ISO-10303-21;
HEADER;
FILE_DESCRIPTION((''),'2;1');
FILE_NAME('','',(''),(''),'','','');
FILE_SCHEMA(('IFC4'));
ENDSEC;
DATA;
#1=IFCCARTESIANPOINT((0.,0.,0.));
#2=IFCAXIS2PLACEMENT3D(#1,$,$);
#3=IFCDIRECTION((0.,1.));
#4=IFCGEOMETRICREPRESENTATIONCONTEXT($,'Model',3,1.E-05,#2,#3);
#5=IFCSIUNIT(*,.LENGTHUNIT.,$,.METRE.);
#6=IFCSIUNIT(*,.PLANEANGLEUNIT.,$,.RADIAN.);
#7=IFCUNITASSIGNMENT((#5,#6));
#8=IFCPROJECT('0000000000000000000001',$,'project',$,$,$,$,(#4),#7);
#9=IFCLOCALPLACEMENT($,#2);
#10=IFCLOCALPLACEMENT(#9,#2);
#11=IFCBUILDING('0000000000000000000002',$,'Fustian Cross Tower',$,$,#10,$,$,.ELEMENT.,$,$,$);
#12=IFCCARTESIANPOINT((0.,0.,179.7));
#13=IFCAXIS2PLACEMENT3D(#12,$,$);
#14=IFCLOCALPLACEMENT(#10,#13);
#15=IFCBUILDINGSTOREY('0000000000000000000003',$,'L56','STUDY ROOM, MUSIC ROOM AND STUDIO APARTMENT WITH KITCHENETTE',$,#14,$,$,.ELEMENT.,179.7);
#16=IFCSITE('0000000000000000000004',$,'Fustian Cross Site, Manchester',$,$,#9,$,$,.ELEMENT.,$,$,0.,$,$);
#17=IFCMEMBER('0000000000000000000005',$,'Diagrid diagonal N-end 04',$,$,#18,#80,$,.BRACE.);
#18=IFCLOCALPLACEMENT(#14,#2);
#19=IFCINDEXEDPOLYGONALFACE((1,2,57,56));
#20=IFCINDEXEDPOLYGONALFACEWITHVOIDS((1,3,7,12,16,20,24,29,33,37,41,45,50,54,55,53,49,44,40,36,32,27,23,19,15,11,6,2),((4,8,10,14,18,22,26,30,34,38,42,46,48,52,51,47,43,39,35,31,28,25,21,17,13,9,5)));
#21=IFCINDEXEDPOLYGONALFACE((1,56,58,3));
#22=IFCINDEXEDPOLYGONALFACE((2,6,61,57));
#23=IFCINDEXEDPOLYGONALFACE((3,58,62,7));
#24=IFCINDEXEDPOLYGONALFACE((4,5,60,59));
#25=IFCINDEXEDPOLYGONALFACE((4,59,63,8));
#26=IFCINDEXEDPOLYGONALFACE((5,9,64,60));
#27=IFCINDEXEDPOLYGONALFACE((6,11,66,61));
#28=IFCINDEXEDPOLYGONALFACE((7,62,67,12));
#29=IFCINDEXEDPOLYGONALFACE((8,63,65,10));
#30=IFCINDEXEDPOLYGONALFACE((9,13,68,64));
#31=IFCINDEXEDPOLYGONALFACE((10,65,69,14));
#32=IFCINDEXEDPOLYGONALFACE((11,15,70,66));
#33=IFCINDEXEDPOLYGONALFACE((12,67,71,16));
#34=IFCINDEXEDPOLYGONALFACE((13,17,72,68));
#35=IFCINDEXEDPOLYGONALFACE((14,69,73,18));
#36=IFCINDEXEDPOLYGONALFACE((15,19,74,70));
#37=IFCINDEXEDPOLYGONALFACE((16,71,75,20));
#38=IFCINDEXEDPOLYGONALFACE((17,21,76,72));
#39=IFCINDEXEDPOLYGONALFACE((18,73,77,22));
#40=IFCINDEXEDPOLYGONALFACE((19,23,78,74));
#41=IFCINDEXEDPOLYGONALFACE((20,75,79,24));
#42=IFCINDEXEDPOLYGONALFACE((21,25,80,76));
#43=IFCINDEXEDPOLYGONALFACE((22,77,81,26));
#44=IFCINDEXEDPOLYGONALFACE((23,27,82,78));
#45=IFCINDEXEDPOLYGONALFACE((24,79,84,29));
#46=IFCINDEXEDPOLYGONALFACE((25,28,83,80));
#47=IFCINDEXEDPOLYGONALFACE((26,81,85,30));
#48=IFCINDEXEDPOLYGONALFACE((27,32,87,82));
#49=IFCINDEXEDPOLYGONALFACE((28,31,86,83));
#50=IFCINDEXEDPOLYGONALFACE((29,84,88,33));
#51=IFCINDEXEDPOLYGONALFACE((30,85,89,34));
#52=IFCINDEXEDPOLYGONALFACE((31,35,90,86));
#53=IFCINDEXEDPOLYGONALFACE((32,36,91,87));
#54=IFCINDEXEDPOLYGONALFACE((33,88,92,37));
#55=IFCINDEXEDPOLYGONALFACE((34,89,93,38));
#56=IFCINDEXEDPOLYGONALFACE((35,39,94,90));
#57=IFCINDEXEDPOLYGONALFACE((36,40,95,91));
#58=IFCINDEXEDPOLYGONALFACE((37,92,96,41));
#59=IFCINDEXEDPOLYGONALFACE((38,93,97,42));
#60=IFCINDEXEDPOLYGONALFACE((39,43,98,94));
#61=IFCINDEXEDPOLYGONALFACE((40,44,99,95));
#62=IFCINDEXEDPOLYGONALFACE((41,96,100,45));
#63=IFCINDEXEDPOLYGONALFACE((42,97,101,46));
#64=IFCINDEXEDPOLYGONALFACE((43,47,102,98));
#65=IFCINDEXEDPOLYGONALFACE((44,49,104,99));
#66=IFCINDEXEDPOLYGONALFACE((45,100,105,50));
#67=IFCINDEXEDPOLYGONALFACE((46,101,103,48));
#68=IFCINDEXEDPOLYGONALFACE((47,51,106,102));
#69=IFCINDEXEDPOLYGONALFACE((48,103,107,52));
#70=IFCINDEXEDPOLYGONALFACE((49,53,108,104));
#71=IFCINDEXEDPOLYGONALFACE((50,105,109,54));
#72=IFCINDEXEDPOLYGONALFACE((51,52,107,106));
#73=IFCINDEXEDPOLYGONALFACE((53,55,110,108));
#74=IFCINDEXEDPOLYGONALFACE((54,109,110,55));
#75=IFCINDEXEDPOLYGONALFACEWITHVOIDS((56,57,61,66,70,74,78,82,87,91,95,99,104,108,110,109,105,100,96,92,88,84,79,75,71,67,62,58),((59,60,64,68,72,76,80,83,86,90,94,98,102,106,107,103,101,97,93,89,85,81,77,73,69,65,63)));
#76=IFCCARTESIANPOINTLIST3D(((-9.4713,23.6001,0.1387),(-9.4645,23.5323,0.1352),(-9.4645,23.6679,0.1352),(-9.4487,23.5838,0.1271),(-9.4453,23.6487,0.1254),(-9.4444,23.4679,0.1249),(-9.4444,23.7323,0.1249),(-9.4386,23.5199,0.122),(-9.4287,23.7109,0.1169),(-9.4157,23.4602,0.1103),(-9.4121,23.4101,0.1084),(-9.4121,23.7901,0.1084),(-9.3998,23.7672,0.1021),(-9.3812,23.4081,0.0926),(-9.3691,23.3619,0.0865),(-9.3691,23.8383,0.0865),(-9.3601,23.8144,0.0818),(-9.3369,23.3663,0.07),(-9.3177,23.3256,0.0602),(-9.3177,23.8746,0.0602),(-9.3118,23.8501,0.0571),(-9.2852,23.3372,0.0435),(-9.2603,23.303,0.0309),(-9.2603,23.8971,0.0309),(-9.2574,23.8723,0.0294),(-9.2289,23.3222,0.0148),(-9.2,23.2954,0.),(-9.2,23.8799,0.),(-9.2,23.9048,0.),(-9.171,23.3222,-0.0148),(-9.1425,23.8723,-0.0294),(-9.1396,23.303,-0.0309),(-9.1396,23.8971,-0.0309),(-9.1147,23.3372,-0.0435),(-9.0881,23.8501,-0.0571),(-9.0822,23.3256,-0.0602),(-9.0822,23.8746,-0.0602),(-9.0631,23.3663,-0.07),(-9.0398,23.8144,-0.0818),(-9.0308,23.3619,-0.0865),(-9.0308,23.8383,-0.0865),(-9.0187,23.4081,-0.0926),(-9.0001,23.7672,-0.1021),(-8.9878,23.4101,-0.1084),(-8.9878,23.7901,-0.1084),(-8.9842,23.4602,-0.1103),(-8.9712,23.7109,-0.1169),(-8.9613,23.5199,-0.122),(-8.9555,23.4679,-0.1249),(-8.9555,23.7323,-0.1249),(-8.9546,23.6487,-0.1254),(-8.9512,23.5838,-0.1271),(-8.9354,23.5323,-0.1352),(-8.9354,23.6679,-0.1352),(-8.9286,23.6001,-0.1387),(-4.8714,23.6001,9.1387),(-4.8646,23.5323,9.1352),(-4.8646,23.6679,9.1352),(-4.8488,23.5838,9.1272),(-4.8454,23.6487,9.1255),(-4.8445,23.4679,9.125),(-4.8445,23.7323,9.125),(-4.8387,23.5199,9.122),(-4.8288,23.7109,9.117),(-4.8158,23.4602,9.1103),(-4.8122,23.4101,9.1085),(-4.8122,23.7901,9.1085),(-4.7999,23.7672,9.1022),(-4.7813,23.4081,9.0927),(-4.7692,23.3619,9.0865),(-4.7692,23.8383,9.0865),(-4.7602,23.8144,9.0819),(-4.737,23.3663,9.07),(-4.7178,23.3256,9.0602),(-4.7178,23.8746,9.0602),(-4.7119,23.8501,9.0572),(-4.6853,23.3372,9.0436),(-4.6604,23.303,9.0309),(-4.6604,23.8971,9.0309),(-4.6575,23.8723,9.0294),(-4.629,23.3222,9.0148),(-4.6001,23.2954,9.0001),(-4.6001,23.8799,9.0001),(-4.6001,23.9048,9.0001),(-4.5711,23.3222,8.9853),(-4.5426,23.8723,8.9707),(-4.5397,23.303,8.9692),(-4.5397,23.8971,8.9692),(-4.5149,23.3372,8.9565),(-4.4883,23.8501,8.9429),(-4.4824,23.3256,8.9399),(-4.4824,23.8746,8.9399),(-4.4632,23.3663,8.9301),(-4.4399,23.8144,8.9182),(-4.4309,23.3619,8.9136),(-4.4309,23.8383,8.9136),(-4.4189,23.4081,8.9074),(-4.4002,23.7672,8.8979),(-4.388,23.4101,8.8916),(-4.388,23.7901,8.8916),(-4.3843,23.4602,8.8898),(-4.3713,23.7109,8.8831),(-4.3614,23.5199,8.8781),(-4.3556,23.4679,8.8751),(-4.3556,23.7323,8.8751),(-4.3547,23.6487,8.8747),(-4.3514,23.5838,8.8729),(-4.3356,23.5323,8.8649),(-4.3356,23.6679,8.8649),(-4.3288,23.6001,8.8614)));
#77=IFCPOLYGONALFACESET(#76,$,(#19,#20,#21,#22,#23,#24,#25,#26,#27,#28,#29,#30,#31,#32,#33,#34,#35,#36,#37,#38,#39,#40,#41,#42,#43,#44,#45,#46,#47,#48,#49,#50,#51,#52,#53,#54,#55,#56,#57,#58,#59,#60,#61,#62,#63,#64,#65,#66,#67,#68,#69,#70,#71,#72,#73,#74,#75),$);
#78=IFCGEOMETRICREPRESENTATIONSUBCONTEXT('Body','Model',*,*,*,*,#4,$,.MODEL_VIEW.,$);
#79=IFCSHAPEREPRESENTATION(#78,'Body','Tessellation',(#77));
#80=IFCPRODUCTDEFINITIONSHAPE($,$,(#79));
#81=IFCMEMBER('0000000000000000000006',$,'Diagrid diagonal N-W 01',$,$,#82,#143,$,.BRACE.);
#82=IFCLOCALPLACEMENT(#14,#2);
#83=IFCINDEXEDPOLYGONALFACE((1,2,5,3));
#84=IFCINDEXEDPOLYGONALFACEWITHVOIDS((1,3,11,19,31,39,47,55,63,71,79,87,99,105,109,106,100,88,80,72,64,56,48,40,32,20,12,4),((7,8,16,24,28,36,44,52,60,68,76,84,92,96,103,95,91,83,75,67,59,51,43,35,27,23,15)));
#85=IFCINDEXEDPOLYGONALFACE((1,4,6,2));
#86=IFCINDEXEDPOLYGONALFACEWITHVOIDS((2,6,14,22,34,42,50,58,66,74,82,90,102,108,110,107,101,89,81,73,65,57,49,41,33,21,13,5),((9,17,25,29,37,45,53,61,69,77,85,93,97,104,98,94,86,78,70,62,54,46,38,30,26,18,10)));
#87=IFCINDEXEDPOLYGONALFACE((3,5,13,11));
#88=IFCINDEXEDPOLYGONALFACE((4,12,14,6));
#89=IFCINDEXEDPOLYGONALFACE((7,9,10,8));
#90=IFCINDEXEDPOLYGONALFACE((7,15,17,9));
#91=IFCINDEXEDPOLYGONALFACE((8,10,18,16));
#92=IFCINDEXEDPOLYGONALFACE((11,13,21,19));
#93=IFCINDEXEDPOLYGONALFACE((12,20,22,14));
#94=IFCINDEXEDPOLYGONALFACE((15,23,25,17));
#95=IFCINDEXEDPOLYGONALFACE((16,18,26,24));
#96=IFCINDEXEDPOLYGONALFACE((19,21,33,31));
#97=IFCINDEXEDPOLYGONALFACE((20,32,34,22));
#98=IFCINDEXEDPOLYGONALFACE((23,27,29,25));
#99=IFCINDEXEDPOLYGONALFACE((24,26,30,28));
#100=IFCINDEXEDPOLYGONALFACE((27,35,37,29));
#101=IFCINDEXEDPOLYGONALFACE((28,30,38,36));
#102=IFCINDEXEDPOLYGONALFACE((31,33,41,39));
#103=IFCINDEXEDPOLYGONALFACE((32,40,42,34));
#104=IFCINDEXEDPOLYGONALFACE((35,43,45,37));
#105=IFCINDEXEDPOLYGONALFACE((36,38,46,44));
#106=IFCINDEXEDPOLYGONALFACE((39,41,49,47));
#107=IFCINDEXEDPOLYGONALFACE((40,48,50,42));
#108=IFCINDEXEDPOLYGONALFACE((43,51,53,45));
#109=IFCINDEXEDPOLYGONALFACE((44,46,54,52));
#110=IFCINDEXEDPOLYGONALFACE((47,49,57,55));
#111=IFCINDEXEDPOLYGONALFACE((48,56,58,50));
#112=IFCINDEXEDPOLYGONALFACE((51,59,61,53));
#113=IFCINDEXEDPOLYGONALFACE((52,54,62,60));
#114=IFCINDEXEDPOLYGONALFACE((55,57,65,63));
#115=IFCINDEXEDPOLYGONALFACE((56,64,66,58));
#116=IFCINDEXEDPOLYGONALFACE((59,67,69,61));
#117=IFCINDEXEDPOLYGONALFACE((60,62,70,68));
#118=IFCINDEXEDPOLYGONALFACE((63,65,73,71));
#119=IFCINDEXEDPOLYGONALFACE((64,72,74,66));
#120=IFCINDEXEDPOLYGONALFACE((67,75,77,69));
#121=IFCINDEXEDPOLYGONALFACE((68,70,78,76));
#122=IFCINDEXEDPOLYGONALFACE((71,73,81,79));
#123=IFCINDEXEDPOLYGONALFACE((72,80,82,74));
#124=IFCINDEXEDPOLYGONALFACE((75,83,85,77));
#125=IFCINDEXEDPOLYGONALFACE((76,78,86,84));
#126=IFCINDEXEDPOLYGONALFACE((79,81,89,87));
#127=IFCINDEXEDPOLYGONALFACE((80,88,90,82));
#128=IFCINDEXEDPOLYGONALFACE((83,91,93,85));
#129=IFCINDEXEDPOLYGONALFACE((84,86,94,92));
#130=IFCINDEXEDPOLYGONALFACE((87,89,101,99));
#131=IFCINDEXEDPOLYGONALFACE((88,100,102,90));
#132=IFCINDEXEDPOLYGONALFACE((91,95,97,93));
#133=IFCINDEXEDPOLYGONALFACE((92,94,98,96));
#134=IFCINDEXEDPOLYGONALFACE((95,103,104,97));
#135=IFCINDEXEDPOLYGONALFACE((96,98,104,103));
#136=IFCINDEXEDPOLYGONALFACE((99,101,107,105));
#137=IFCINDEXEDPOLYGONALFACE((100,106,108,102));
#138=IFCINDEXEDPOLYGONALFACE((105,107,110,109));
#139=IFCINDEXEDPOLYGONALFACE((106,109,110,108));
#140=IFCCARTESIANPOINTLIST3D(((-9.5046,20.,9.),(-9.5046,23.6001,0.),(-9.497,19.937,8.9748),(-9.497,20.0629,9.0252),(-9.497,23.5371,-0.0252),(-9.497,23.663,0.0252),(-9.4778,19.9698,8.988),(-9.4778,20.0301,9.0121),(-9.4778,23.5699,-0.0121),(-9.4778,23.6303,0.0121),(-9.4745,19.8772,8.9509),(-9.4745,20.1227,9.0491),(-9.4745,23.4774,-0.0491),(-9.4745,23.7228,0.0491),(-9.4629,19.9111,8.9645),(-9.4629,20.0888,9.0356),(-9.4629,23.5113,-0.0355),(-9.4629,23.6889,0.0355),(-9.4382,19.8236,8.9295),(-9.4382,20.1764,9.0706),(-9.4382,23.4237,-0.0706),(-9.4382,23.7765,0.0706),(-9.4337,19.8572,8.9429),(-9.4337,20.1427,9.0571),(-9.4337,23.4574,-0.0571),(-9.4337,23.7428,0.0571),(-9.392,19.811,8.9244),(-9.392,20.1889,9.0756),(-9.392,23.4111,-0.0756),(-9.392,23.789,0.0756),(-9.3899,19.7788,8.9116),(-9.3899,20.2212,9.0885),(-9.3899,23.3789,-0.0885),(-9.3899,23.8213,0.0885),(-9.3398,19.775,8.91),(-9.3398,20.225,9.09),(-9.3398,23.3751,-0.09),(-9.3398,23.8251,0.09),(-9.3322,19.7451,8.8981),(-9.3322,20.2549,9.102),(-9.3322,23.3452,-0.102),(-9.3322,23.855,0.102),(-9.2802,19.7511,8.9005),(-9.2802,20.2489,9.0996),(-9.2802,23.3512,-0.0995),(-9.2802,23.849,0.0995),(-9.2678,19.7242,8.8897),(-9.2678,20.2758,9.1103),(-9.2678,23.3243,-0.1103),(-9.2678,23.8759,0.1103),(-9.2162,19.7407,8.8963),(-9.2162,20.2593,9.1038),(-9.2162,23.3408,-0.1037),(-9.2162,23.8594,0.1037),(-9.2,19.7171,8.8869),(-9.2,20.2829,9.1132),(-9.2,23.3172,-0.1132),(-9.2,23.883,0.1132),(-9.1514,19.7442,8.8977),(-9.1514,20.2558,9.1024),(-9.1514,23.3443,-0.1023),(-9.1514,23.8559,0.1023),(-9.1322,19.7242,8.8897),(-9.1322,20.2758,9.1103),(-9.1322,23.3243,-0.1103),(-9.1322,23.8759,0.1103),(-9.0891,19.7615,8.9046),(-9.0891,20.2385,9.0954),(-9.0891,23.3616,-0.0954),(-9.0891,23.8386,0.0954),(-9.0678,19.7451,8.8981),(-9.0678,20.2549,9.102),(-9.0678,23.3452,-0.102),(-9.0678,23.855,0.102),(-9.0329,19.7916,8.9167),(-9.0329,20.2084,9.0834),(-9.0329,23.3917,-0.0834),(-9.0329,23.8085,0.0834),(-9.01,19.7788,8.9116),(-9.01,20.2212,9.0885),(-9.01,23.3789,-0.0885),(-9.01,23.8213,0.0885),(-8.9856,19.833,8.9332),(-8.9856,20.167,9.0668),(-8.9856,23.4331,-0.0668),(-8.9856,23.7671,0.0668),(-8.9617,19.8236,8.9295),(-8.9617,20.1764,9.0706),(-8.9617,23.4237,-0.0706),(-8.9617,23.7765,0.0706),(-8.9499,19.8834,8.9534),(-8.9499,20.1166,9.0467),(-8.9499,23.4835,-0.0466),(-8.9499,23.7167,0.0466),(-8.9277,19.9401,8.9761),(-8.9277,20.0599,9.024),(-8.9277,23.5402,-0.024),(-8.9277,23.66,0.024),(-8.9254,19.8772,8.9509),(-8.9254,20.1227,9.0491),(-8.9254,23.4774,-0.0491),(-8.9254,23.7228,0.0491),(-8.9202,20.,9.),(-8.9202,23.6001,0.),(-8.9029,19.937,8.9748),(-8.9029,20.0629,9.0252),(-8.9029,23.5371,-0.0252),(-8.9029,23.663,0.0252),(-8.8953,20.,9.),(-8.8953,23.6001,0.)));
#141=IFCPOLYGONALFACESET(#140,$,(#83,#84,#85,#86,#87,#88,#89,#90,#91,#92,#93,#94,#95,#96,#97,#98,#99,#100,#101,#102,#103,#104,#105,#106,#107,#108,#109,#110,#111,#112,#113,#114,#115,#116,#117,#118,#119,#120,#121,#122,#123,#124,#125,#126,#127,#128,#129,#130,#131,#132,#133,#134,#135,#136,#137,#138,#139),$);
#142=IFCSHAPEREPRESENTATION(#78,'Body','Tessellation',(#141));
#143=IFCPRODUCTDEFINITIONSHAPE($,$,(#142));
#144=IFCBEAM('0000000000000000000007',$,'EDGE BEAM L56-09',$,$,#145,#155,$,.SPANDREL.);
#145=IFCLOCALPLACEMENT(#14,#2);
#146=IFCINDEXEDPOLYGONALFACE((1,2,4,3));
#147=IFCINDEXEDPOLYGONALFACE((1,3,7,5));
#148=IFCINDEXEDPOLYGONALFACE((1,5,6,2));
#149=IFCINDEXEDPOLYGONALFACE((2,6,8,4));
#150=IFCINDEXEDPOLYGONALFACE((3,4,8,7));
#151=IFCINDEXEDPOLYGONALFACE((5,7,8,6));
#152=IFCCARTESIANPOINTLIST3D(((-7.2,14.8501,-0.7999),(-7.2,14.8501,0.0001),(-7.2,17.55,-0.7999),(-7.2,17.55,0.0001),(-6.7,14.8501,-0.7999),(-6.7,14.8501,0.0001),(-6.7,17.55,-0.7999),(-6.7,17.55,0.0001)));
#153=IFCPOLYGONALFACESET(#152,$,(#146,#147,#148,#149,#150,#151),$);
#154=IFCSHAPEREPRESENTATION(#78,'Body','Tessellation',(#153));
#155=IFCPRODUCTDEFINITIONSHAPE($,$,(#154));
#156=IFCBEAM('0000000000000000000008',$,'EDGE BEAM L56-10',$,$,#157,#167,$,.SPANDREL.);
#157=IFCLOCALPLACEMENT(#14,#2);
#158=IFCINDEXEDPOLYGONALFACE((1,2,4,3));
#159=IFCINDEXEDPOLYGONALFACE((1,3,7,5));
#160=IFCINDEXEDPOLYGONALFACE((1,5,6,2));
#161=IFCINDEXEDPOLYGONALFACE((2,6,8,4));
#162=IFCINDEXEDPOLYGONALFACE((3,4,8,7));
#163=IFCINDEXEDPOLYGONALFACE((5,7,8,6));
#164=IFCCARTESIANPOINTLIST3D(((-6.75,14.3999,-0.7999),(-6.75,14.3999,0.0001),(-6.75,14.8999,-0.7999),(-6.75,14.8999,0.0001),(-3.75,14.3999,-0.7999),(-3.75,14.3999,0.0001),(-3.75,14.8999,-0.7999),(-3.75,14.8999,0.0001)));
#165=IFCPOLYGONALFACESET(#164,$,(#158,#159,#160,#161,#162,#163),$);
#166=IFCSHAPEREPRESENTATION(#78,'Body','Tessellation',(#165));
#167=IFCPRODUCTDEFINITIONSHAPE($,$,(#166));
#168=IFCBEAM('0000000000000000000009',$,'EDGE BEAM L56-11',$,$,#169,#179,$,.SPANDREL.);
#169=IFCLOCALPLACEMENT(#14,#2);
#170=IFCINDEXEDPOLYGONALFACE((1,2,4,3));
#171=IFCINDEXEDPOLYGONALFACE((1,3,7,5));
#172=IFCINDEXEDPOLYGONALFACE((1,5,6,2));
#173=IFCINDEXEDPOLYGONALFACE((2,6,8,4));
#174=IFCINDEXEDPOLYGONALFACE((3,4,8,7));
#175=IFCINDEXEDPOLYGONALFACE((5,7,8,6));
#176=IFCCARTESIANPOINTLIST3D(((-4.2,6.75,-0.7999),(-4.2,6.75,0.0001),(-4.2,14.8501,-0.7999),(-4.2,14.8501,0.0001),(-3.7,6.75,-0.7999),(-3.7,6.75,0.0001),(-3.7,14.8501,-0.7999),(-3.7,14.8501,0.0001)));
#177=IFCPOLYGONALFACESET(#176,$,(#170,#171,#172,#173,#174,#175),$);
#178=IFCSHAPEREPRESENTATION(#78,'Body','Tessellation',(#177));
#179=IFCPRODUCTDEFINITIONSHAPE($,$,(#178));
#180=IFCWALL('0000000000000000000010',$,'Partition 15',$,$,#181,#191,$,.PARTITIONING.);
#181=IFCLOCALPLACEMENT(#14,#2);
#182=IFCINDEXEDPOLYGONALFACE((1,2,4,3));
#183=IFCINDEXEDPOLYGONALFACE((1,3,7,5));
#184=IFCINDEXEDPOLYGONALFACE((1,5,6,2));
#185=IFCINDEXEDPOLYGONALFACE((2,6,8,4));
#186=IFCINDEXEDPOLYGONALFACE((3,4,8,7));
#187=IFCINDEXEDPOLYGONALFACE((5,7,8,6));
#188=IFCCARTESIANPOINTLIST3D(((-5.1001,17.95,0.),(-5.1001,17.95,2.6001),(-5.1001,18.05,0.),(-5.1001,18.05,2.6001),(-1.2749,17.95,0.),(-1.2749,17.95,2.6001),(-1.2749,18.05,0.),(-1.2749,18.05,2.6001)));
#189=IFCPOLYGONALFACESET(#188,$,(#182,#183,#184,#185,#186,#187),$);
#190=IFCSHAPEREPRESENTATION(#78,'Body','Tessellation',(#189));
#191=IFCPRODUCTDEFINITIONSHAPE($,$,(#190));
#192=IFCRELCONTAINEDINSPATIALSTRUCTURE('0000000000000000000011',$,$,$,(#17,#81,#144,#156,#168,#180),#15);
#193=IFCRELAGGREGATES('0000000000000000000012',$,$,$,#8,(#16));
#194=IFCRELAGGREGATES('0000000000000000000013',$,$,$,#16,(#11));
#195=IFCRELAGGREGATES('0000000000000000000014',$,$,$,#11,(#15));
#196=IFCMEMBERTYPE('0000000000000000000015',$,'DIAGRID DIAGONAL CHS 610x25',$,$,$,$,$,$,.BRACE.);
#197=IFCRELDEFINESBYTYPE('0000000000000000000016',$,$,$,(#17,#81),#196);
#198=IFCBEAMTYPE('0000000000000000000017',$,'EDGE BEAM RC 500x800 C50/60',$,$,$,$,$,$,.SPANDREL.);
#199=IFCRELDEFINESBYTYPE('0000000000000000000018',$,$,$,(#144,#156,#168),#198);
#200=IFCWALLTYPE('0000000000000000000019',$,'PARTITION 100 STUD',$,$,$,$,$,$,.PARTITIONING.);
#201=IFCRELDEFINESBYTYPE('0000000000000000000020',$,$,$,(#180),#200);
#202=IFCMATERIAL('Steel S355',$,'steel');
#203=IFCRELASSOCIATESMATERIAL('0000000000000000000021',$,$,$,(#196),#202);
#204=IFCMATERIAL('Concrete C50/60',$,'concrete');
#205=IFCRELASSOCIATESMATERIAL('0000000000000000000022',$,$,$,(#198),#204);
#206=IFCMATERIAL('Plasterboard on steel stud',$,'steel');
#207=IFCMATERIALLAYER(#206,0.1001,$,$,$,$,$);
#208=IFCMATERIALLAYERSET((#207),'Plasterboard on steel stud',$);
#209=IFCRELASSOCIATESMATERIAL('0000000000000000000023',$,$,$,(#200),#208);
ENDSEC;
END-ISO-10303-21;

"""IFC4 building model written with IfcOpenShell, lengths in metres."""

from ifc_helpers import new_model, si_unit, direction, frame, frame_2d, origin, origin_2d, place, context, subcontext, project, spatial, rectangle, hollow_circle, extrude, material, layer, layer_set, material_profile, profile_set, type_object, element, save


model = new_model("IFC4")

# Units and contexts
model_context = context("Model", 3, precision=1e-05, world=origin(), true_north=direction((0.0, 1.0)))
body_context = subcontext(model_context, "Body", "Model", "MODEL_VIEW")
ifc_project = project(units=[si_unit("LENGTHUNIT", "METRE"), si_unit("PLANEANGLEUNIT", "RADIAN")], contexts=[model_context])

# Site, building, storey
site_placement = place(None, origin())
site = spatial("IfcSite", under=ifc_project, at=site_placement, Name="Fustian Cross Site, Manchester", CompositionType="ELEMENT", RefElevation=0.0)
building_placement = place(site_placement, origin())
building = spatial("IfcBuilding", under=site, at=building_placement, Name="Fustian Cross Tower", CompositionType="ELEMENT")
storey_placement = place(building_placement, frame((0.0, 0.0, 179.7)))
storey = spatial("IfcBuildingStorey", under=building, at=storey_placement, Name="L56", Description="STUDY ROOM, MUSIC ROOM AND STUDIO APARTMENT WITH KITCHENETTE", CompositionType="ELEMENT", Elevation=179.7)

# Members
ifc_material_1 = material(Name="Steel S355", Category="steel")
ifc_material_profile_1 = material_profile(ifc_material_1, hollow_circle(Radius=0.3047, WallThickness=0.0249, at=origin_2d()), Name="CHS 610x25")
ifc_profile_set_1 = profile_set([ifc_material_profile_1], Name="Steel S355")
member_type_1 = type_object("IfcMemberType", Name="DIAGRID DIAGONAL CHS 610x25", PredefinedType="BRACE", material=ifc_profile_set_1)
member_1_placement = place(storey_placement, frame((-9.2, 23.6001, 0.0), z_axis=(0.4551, 0.0, 0.890441), x_axis=(0.0, 1.0, 0.0)))
element("IfcMember", 1, at=member_1_placement, inside=storey, type_object=member_type_1, Name="Diagrid diagonal N-end 04", PredefinedType="BRACE", context=body_context, shape_type="SweptSolid", body=[
    extrude(hollow_circle(Radius=0.3047, WallThickness=0.0249, at=origin_2d()), origin(), (0.0, 0.0, 1.0), 10.1074),
])
member_2_placement = place(storey_placement, frame((-9.2, 23.6001, 0.0), z_axis=(0.0, -0.371399, 0.928473), x_axis=(1.0, 0.0, 0.0)))
element("IfcMember", 2, at=member_2_placement, inside=storey, type_object=member_type_1, Name="Diagrid diagonal N-W 01", PredefinedType="BRACE", context=body_context, shape_type="SweptSolid", body=[
    extrude(hollow_circle(Radius=0.3047, WallThickness=0.0249, at=origin_2d()), origin(), (0.0, 0.0, 1.0), 9.6934),
])

# Beams
ifc_material_2 = material(Name="Concrete C50/60", Category="concrete")
ifc_material_profile_2 = material_profile(ifc_material_2, rectangle(XDim=0.5, YDim=0.8, at=origin_2d()), Name="RC 500x800")
ifc_profile_set_2 = profile_set([ifc_material_profile_2], Name="Concrete C50/60")
beam_type = type_object("IfcBeamType", Name="EDGE BEAM RC 500x800 C50/60", PredefinedType="SPANDREL", material=ifc_profile_set_2)
beam_1_placement = place(storey_placement, frame((-6.95, 17.55, -0.3999), z_axis=(0.0, -1.0, 0.0), x_axis=(1.0, 0.0, 0.0)))
element("IfcBeam", 3, at=beam_1_placement, inside=storey, type_object=beam_type, Name="EDGE BEAM L56-09", PredefinedType="SPANDREL", context=body_context, shape_type="SweptSolid", body=[
    extrude(rectangle(XDim=0.5, YDim=0.8, at=origin_2d()), origin(), (0.0, 0.0, 1.0), 2.7),
])
beam_2_placement = place(storey_placement, frame((-6.75, 14.6499, -0.3999), z_axis=(1.0, 0.0, 0.0), x_axis=(0.0, 1.0, 0.0)))
element("IfcBeam", 4, at=beam_2_placement, inside=storey, type_object=beam_type, Name="EDGE BEAM L56-10", PredefinedType="SPANDREL", context=body_context, shape_type="SweptSolid", body=[
    extrude(rectangle(XDim=0.5, YDim=0.8, at=origin_2d()), origin(), (0.0, 0.0, 1.0), 3.0),
])
beam_3_placement = place(storey_placement, frame((-3.95, 14.8501, -0.3999), z_axis=(0.0, -1.0, 0.0), x_axis=(1.0, 0.0, 0.0)))
element("IfcBeam", 5, at=beam_3_placement, inside=storey, type_object=beam_type, Name="EDGE BEAM L56-11", PredefinedType="SPANDREL", context=body_context, shape_type="SweptSolid", body=[
    extrude(rectangle(XDim=0.5, YDim=0.8, at=origin_2d()), origin(), (0.0, 0.0, 1.0), 8.1001),
])

# Wall
ifc_material_3 = material(Name="Plasterboard on steel stud", Category="steel")
ifc_layer_1 = layer(ifc_material_3, 0.1001)
ifc_layer_set_1 = layer_set([ifc_layer_1], Name="Plasterboard on steel stud")
wall_type_1 = type_object("IfcWallType", Name="PARTITION 100 STUD", PredefinedType="PARTITIONING", material=ifc_layer_set_1)
wall_1_placement = place(storey_placement, frame((-5.1001, 18.0, 0.0), z_axis=(0.0, 0.0, 1.0), x_axis=(1.0, 0.0, 0.0)))
element("IfcWall", 6, at=wall_1_placement, inside=storey, type_object=wall_type_1, Name="Partition 15", PredefinedType="PARTITIONING", context=body_context, shape_type="SweptSolid", body=[
    extrude(rectangle(XDim=3.8252, YDim=0.1001, at=frame_2d((1.9126, 0.0))), origin(), (0.0, 0.0, 1.0), 2.6001),
])

save(model, "model.ifc")
